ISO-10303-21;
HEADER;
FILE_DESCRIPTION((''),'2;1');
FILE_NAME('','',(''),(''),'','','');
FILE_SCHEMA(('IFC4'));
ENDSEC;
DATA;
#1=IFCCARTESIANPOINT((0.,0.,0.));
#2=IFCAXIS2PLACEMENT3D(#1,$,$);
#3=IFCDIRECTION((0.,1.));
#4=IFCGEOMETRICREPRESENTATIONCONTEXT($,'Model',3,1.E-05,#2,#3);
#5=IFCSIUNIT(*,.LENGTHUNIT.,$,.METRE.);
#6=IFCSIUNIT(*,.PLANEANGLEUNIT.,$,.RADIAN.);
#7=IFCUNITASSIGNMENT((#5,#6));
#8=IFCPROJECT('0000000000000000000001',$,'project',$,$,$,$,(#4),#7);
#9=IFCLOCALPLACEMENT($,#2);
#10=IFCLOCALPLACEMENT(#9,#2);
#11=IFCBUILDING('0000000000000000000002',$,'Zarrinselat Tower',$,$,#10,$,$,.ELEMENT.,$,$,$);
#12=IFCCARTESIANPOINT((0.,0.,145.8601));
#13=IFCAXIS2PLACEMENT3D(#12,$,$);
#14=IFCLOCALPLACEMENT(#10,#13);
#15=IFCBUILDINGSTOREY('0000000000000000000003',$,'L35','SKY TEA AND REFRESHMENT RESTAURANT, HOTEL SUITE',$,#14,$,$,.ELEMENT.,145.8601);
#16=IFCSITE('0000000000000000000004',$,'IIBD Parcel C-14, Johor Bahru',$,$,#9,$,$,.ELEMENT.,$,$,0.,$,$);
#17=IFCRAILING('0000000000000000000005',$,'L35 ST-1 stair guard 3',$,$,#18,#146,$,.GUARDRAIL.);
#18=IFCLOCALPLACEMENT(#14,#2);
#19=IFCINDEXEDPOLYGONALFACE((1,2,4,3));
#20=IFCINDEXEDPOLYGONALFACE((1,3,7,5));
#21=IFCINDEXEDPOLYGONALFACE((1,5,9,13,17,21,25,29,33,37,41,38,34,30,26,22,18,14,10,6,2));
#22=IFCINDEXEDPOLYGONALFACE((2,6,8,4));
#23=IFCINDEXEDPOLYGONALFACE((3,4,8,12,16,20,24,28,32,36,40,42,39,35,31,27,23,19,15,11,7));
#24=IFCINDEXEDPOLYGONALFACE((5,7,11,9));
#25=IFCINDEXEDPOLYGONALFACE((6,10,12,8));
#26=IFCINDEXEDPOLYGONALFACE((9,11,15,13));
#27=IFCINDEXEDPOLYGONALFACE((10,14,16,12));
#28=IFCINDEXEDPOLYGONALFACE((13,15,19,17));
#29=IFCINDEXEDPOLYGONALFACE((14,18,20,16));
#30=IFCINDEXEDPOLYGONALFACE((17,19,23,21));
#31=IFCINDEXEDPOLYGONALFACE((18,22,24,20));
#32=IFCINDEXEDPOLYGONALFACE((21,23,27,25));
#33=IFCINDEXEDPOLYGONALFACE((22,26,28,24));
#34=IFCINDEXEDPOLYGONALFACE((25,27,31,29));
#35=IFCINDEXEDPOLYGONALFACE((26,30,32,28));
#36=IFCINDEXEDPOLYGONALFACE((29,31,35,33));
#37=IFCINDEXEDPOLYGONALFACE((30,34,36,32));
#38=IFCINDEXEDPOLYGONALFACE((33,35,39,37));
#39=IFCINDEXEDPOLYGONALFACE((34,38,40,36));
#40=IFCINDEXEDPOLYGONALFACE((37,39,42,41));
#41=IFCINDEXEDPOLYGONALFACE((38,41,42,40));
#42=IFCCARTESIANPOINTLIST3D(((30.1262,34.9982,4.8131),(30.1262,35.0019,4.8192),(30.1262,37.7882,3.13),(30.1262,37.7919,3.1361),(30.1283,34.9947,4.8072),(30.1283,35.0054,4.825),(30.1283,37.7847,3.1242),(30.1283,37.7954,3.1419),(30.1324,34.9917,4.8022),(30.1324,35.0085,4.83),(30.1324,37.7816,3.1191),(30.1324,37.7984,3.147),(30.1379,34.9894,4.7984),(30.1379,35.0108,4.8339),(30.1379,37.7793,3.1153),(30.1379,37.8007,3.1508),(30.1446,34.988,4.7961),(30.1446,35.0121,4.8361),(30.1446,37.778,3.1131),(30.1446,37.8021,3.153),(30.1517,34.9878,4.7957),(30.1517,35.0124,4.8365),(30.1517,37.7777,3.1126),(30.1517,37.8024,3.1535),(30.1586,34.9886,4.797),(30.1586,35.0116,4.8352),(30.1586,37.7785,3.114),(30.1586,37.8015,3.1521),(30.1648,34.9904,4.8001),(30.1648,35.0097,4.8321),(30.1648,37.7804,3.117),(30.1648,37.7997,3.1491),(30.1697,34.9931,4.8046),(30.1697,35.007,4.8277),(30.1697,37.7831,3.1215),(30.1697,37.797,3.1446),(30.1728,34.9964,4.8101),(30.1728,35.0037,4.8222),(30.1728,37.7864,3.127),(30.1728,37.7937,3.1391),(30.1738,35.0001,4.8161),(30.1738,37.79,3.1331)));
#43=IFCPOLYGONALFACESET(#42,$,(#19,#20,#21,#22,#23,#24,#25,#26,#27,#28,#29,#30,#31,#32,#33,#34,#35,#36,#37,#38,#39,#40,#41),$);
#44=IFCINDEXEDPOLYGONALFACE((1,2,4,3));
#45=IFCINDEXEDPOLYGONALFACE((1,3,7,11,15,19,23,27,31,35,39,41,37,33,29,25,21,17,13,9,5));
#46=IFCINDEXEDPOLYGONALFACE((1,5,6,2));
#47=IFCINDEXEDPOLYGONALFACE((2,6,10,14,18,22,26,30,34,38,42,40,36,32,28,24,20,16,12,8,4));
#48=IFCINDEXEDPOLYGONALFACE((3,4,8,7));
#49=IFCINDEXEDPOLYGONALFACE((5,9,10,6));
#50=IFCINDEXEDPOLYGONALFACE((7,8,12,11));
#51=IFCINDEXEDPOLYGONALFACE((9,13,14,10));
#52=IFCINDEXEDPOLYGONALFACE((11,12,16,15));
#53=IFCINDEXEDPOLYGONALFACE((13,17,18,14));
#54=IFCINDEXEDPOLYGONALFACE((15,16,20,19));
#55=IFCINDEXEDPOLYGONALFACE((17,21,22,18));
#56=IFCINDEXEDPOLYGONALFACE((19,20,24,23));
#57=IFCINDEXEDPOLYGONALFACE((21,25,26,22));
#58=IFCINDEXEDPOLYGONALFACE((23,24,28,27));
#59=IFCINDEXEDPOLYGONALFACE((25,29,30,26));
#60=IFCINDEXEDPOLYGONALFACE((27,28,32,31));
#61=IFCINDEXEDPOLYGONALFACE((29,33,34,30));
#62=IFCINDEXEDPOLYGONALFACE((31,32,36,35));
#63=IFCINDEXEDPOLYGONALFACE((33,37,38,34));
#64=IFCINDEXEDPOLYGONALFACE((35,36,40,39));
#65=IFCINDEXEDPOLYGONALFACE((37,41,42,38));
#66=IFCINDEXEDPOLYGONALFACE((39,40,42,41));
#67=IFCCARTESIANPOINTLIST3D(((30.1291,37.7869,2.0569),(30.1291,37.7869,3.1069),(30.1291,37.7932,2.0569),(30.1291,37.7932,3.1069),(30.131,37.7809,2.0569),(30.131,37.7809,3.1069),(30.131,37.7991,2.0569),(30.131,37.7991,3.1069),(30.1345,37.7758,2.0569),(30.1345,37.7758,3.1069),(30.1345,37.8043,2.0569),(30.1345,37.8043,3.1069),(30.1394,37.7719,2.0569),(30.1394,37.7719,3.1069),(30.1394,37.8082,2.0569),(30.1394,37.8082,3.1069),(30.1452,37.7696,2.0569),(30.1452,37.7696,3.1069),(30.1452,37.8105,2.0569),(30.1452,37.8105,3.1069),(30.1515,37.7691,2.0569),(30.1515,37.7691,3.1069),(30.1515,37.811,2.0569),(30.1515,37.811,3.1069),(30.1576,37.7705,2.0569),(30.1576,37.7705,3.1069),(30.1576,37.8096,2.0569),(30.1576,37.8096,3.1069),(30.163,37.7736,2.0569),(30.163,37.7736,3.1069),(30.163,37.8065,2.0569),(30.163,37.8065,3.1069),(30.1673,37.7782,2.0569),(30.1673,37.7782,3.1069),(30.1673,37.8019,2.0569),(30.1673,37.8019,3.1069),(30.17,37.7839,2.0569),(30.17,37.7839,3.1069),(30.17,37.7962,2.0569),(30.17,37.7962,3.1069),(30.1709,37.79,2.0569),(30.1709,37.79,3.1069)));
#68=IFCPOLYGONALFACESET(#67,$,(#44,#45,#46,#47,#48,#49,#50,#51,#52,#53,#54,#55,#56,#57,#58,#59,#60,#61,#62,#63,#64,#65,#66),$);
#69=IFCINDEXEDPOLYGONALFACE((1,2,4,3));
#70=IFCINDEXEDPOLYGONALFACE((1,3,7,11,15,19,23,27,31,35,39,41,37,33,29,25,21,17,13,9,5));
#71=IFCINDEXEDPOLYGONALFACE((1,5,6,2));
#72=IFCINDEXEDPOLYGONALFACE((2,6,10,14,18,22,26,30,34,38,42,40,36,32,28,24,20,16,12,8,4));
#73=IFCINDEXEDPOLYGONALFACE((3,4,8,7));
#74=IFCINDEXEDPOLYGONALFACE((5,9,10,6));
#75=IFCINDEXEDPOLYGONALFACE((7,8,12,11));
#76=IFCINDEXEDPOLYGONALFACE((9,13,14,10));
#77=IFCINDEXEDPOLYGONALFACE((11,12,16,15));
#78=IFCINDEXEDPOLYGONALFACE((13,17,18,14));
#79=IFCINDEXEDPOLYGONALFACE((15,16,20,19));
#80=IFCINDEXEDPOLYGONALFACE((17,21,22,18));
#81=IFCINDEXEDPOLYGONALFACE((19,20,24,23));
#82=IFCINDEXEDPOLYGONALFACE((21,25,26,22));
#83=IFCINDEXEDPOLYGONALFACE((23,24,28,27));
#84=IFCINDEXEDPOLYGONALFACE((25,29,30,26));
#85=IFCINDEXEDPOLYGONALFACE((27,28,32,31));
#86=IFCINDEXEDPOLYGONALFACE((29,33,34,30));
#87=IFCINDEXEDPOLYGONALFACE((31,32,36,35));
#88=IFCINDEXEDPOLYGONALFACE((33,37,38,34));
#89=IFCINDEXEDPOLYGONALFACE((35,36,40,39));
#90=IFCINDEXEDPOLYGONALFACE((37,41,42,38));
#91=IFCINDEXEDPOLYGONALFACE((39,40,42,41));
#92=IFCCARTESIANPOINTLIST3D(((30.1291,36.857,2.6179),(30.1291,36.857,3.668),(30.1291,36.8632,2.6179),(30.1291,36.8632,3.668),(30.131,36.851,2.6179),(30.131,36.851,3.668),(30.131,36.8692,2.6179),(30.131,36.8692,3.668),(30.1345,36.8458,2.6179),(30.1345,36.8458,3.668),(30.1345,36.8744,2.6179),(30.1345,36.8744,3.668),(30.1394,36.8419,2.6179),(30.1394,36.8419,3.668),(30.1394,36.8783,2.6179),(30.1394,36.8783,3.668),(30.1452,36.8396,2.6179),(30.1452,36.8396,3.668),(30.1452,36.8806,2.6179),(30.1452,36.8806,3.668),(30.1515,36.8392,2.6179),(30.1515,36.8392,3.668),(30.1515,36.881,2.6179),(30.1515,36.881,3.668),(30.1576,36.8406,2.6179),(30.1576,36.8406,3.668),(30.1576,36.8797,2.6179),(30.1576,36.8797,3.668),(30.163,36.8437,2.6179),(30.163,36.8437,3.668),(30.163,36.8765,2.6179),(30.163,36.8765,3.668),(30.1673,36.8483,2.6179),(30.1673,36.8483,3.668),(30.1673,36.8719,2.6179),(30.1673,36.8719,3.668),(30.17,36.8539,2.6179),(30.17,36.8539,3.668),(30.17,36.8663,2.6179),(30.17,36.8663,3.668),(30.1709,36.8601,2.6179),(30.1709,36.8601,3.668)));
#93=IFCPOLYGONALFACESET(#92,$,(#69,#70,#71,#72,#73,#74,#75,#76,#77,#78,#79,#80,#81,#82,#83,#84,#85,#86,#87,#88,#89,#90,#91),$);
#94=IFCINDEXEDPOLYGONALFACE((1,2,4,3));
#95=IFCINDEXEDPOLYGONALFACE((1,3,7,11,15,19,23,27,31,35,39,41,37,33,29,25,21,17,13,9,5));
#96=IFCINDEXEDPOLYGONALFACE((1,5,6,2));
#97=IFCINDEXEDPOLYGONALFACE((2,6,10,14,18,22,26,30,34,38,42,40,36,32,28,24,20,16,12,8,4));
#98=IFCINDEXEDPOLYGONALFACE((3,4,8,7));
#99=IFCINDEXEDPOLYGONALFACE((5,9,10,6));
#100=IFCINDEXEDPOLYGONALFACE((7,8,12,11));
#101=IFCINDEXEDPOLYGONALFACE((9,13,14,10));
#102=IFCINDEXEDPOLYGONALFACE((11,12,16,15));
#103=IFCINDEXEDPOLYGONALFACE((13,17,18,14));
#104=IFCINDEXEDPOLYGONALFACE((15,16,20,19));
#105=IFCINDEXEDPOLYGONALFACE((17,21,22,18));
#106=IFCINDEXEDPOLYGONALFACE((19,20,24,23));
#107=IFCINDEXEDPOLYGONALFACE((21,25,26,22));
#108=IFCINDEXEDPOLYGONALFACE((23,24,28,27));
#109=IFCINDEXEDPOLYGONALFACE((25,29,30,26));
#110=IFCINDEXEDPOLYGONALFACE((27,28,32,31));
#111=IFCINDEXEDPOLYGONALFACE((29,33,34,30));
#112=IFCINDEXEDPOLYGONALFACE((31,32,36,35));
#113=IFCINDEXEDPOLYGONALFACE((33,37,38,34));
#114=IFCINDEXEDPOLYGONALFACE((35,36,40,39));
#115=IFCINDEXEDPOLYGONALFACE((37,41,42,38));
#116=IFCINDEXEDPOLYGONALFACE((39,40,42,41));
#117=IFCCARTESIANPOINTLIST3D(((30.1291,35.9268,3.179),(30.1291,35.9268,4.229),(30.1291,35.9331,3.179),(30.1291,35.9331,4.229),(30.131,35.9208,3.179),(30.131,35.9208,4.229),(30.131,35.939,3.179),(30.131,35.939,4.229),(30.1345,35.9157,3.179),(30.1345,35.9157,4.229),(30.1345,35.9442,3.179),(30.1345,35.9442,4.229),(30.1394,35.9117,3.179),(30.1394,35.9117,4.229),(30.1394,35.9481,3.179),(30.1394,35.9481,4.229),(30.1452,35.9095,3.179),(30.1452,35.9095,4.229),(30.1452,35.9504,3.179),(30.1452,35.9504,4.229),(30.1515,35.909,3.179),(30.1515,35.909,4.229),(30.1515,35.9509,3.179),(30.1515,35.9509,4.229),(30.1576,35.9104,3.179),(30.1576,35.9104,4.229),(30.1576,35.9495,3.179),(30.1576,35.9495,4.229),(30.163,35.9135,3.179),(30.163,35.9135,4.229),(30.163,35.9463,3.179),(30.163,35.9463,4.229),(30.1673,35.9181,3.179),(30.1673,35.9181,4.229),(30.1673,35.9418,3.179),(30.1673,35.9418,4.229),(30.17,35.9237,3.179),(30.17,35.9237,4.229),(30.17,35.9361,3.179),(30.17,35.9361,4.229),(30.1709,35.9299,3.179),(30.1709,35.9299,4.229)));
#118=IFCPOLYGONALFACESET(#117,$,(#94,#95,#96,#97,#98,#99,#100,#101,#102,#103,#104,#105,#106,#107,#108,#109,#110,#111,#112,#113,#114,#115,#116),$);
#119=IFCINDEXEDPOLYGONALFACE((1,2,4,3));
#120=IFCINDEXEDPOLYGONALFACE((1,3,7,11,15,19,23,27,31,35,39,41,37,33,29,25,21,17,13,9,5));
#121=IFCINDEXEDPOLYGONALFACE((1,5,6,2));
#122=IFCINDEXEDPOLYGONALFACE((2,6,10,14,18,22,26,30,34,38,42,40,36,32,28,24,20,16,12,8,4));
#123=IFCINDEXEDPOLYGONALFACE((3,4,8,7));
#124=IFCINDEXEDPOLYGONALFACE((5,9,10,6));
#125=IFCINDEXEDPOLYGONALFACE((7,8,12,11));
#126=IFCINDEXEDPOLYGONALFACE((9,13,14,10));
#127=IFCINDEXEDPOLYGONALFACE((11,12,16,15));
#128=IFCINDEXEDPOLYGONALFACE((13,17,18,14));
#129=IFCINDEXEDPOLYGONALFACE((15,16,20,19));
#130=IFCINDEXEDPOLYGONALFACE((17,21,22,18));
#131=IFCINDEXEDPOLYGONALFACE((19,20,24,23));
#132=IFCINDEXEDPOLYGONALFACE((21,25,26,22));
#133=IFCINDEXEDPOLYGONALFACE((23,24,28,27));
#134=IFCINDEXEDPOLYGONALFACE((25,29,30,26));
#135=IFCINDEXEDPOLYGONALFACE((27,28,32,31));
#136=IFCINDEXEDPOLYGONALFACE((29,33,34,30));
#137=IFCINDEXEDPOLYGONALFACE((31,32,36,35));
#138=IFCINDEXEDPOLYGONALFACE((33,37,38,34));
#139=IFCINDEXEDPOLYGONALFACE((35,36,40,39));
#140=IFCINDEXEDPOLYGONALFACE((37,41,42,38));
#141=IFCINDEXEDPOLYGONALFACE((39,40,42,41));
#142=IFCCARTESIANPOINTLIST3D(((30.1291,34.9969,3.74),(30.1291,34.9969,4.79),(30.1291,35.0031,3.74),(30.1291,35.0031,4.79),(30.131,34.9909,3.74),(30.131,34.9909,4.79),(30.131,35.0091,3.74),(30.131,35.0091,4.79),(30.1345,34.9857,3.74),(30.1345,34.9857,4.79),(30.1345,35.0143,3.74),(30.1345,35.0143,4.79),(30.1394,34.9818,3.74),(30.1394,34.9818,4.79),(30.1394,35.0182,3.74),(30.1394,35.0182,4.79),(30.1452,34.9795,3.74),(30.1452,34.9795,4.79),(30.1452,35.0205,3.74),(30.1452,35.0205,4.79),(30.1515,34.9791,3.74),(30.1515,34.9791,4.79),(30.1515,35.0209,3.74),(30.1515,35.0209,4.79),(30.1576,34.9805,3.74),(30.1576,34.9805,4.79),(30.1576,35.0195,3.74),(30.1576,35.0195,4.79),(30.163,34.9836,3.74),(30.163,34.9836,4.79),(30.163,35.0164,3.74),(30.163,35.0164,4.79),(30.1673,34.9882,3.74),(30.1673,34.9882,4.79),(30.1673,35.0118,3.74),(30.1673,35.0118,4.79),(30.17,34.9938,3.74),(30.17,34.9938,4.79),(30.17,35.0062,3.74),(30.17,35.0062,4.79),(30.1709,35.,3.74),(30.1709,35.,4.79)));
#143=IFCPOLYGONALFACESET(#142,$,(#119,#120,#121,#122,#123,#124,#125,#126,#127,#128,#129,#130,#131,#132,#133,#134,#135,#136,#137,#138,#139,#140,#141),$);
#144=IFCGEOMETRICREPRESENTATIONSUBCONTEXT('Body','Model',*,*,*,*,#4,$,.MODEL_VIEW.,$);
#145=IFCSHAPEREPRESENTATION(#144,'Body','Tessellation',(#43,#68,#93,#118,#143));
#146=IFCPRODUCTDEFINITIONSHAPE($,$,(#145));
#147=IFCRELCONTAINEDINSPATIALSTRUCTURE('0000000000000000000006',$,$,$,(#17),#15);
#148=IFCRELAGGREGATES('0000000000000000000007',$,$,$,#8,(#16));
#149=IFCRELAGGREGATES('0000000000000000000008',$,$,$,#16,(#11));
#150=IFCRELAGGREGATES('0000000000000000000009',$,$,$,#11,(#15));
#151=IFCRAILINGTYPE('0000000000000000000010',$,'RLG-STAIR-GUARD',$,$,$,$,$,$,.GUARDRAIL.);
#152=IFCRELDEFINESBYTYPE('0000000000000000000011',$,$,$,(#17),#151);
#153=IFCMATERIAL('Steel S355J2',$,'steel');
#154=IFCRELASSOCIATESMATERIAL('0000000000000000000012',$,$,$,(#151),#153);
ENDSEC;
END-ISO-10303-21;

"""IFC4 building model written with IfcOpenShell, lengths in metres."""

from ifc_helpers import new_model, si_unit, direction, frame, origin, origin_2d, place, context, subcontext, project, spatial, circle, extrude, material, type_object, element, save


model = new_model("IFC4")

# Units and contexts
model_context = context("Model", 3, precision=1e-05, world=origin(), true_north=direction((0.0, 1.0)))
body_context = subcontext(model_context, "Body", "Model", "MODEL_VIEW")
ifc_project = project(units=[si_unit("LENGTHUNIT", "METRE"), si_unit("PLANEANGLEUNIT", "RADIAN")], contexts=[model_context])

# Site, building, storey
site_placement = place(None, origin())
site = spatial("IfcSite", under=ifc_project, at=site_placement, Name="IIBD Parcel C-14, Johor Bahru", CompositionType="ELEMENT", RefElevation=0.0)
building_placement = place(site_placement, origin())
building = spatial("IfcBuilding", under=site, at=building_placement, Name="Zarrinselat Tower", CompositionType="ELEMENT")
storey_placement = place(building_placement, frame((0.0, 0.0, 145.8601)))
storey = spatial("IfcBuildingStorey", under=building, at=storey_placement, Name="L35", Description="SKY TEA AND REFRESHMENT RESTAURANT, HOTEL SUITE", CompositionType="ELEMENT", Elevation=145.8601)

# Railing
ifc_material_1 = material(Name="Steel S355J2", Category="steel")
railing_type_1 = type_object("IfcRailingType", Name="RLG-STAIR-GUARD", PredefinedType="GUARDRAIL", material=ifc_material_1)
railing_1_placement = place(storey_placement, frame((30.1499, 37.79, 2.0569)))
element("IfcRailing", 1, at=railing_1_placement, inside=storey, type_object=railing_type_1, Name="L35 ST-1 stair guard 3", PredefinedType="GUARDRAIL", context=body_context, shape_type="SweptSolid", body=[
    extrude(circle(Radius=0.0239, at=origin_2d()), frame((0.0, 0.0, 1.0762), z_axis=(0.0, -0.856261, 0.516544), x_axis=(1.0, 0.0, 0.0)), (0.0, 0.0, 1.0), 3.2583),
    extrude(circle(Radius=0.021, at=origin_2d()), origin(), (0.0, 0.0, 1.0), 1.05),
    extrude(circle(Radius=0.021, at=origin_2d()), frame((0.0, -0.9299, 0.561)), (0.0, 0.0, 1.0), 1.05),
    extrude(circle(Radius=0.021, at=origin_2d()), frame((0.0, -1.8601, 1.1221)), (0.0, 0.0, 1.0), 1.05),
    extrude(circle(Radius=0.021, at=origin_2d()), frame((0.0, -2.79, 1.6831)), (0.0, 0.0, 1.0), 1.05),
])

save(model, "model.ifc")
